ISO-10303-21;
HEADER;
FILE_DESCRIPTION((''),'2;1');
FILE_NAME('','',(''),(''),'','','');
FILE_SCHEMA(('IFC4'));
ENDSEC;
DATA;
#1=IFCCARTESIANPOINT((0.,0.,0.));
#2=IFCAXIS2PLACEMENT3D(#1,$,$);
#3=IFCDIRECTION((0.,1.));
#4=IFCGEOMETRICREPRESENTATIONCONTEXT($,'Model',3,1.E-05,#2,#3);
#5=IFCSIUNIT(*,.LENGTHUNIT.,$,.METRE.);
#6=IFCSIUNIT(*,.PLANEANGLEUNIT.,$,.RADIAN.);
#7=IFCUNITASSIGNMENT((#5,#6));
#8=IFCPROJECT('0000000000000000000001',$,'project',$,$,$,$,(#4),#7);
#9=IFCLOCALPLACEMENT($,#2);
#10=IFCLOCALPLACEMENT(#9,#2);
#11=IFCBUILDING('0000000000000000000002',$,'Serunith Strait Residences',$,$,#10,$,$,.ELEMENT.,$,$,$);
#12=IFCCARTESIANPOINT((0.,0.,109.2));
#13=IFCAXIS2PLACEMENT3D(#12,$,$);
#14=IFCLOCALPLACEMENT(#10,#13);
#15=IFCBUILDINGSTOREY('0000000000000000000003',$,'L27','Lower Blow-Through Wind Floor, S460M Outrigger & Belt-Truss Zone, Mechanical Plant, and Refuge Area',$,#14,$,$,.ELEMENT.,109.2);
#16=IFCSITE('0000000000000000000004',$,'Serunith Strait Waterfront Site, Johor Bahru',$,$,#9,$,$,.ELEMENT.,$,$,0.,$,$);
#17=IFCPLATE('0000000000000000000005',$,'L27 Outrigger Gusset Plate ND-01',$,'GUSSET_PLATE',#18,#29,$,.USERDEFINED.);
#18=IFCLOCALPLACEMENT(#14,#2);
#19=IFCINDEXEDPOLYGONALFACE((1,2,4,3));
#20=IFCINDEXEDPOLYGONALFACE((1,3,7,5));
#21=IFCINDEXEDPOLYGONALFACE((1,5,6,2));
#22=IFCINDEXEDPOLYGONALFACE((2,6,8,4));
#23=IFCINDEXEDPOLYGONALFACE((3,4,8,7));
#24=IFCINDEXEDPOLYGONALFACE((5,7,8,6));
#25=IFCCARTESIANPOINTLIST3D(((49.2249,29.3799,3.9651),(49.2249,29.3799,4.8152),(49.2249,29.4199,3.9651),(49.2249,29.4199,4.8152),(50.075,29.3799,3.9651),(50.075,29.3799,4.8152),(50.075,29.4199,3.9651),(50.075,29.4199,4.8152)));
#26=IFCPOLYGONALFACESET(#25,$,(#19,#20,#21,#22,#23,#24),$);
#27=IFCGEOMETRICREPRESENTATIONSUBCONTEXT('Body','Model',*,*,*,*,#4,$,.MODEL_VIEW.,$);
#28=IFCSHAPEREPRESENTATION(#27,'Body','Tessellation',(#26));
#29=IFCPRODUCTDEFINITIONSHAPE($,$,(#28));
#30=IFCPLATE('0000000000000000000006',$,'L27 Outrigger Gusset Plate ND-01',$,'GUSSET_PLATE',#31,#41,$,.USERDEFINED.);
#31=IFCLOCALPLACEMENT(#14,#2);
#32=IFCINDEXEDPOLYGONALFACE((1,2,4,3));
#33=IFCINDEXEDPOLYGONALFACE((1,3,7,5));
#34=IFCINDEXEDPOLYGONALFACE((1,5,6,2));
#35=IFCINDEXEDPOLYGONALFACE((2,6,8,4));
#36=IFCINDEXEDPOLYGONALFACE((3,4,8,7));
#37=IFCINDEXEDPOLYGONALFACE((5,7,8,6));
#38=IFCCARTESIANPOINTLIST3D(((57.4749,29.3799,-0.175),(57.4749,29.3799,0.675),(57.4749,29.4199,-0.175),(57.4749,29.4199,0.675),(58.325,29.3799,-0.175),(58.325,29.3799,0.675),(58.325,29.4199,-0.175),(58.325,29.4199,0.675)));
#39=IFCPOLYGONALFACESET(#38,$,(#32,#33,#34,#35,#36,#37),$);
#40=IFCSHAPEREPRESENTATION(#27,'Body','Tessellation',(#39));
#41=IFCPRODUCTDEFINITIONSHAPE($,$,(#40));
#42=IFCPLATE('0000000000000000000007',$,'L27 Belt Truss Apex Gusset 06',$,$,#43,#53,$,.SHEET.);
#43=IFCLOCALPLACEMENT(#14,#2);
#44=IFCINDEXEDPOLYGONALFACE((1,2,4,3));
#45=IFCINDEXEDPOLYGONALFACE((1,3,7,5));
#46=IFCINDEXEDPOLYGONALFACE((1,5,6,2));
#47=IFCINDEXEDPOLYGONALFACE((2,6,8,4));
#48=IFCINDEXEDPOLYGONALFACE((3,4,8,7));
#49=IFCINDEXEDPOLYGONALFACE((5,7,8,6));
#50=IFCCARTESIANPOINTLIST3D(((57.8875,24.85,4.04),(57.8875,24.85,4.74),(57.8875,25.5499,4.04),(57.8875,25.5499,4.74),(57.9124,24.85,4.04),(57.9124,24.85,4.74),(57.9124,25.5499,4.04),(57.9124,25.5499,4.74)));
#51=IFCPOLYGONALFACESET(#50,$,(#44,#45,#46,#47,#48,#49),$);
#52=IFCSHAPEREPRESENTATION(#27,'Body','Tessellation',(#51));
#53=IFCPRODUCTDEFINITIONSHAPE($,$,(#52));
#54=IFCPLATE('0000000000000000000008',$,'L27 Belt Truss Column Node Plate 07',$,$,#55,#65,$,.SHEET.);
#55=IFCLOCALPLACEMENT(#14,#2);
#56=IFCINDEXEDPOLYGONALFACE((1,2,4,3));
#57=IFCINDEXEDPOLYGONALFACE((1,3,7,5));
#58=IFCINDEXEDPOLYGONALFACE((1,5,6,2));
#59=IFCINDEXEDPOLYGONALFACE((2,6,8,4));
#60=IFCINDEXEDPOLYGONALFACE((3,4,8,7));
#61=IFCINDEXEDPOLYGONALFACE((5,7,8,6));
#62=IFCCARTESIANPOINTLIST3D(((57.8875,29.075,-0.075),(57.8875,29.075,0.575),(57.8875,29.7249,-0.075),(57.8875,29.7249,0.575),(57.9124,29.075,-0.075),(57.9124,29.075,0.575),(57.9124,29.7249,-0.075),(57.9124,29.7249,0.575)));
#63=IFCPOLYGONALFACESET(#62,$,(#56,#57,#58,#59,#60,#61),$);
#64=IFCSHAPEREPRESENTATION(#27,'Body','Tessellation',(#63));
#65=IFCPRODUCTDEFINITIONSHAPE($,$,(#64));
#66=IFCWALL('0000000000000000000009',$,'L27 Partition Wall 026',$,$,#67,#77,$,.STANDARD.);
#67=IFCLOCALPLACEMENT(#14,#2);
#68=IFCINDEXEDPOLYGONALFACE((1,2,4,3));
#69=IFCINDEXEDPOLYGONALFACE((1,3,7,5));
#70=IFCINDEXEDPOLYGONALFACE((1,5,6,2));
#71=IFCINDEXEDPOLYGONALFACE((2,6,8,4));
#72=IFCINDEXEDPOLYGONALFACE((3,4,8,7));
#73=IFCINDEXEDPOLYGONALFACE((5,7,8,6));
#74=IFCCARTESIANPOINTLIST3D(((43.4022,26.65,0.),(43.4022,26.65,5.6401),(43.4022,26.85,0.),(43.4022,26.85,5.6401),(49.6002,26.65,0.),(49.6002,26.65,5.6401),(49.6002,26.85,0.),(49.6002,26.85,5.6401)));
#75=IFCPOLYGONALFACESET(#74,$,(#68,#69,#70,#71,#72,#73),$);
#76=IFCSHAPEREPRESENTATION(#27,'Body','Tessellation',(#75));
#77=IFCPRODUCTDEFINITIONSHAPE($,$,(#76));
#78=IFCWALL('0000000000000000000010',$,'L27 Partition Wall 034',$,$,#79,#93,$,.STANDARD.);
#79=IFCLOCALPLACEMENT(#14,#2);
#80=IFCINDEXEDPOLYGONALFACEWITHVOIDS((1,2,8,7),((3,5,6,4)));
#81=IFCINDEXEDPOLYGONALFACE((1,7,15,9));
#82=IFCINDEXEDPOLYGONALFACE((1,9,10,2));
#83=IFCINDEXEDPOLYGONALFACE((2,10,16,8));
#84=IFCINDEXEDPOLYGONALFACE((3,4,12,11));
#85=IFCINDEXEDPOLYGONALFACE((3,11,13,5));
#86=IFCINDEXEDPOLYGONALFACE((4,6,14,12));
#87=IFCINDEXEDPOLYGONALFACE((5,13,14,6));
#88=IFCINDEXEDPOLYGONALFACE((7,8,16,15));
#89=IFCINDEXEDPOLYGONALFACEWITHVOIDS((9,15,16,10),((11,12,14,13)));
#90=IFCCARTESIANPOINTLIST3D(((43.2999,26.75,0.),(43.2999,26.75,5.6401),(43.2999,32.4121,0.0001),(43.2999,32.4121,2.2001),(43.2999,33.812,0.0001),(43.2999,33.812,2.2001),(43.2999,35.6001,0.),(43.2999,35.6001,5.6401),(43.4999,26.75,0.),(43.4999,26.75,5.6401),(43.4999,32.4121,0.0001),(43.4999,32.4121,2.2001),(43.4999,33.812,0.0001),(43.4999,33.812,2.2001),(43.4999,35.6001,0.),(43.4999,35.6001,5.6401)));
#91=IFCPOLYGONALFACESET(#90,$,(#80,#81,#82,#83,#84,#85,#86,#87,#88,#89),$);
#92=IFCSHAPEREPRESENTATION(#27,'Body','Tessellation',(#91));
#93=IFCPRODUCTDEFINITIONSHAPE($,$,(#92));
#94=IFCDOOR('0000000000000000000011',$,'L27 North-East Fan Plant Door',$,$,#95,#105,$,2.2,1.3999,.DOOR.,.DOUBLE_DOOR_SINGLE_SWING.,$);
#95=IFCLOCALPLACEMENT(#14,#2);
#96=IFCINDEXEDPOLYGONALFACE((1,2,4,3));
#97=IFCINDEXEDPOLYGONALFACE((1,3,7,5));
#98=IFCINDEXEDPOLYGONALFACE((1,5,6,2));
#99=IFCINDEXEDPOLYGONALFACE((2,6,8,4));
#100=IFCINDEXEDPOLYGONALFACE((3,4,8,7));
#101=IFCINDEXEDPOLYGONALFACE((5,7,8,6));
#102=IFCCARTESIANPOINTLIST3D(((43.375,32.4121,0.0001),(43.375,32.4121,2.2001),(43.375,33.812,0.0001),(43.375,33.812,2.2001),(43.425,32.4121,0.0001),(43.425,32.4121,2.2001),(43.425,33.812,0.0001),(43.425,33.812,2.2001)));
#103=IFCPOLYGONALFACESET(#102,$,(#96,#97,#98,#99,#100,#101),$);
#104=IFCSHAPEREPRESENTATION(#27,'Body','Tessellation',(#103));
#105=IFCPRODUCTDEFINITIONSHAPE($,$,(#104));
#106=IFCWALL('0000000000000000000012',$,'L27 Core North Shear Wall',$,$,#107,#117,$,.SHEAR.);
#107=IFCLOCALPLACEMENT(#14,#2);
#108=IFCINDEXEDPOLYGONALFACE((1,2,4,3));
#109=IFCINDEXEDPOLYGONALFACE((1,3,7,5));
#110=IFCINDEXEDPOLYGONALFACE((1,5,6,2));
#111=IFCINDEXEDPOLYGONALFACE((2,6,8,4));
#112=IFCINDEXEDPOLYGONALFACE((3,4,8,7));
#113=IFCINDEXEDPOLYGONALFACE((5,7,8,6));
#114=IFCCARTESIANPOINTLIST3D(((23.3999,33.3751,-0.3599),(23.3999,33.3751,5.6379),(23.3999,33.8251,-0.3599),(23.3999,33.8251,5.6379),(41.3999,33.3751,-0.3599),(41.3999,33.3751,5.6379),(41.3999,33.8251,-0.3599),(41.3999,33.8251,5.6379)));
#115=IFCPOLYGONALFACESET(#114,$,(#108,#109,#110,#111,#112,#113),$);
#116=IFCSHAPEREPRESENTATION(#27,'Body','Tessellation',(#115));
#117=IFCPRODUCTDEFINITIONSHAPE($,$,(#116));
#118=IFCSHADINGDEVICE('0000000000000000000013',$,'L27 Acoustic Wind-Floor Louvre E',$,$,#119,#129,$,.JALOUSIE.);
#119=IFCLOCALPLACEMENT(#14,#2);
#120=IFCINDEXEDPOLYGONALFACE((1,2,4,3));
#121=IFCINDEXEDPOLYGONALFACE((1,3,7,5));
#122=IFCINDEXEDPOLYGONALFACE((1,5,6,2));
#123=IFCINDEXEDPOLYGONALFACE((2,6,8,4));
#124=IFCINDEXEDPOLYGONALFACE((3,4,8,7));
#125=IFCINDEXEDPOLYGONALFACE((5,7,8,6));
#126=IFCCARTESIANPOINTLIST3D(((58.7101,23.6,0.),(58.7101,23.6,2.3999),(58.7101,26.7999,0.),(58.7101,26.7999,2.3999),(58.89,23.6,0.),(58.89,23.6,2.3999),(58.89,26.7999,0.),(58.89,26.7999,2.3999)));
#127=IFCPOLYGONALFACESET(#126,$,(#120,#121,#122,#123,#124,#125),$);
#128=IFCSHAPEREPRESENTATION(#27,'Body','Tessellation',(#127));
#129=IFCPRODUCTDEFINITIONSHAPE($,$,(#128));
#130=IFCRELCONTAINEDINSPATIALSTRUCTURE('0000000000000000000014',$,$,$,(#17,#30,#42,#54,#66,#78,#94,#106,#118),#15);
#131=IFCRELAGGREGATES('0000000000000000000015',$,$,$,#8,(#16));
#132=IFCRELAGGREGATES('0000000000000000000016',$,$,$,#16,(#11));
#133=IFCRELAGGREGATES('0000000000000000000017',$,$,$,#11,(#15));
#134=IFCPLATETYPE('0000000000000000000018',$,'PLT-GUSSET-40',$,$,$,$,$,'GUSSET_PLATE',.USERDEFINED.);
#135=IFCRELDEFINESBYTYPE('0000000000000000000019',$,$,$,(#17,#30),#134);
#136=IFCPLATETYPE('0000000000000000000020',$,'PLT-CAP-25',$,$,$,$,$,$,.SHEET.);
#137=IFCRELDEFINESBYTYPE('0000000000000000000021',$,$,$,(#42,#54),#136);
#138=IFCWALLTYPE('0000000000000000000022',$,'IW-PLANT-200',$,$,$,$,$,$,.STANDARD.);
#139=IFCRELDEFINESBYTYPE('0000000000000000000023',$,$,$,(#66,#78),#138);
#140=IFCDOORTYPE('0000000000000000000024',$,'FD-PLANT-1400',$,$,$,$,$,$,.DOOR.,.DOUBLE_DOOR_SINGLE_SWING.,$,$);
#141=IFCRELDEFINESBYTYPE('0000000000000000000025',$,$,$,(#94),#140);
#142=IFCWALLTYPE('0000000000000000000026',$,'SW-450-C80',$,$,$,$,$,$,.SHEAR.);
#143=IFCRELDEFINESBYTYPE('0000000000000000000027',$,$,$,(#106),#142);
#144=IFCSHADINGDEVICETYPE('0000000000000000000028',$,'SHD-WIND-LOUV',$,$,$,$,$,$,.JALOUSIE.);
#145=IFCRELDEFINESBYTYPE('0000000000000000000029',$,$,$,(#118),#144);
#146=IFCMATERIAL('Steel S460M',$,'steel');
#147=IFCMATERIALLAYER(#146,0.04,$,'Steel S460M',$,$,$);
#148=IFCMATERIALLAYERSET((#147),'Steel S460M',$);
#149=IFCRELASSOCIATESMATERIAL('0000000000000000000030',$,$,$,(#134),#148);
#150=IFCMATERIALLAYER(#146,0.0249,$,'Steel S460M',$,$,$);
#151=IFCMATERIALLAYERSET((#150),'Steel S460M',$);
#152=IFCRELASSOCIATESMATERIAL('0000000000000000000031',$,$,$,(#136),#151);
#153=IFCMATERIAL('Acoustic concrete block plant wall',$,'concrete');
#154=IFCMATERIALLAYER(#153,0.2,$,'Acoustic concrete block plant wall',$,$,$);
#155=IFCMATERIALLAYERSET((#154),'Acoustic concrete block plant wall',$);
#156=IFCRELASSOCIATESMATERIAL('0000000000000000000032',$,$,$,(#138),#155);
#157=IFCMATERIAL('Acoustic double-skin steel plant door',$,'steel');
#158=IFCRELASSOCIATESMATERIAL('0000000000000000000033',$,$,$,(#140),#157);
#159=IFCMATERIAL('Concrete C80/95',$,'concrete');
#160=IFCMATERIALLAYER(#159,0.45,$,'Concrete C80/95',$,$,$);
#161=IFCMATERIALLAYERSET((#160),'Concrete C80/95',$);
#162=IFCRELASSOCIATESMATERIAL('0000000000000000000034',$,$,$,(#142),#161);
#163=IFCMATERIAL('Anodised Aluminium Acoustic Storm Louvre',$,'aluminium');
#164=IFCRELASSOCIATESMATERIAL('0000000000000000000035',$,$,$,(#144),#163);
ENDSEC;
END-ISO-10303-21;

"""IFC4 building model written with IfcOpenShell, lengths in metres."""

from ifc_helpers import new_model, si_unit, direction, frame, frame_2d, origin, origin_2d, place, context, subcontext, project, spatial, rectangle, extrude, source, transform, mapped, material, layer, layer_set, type_object, element, fill, save


model = new_model("IFC4")

# Units and contexts
model_context = context("Model", 3, precision=1e-05, world=origin(), true_north=direction((0.0, 1.0)))
body_context = subcontext(model_context, "Body", "Model", "MODEL_VIEW")
ifc_project = project(units=[si_unit("LENGTHUNIT", "METRE"), si_unit("PLANEANGLEUNIT", "RADIAN")], contexts=[model_context])

# Site, building, storey
site_placement = place(None, origin())
site = spatial("IfcSite", under=ifc_project, at=site_placement, Name="Serunith Strait Waterfront Site, Johor Bahru", CompositionType="ELEMENT", RefElevation=0.0)
building_placement = place(site_placement, origin())
building = spatial("IfcBuilding", under=site, at=building_placement, Name="Serunith Strait Residences", CompositionType="ELEMENT")
storey_placement = place(building_placement, frame((0.0, 0.0, 109.2)))
storey = spatial("IfcBuildingStorey", under=building, at=storey_placement, Name="L27", Description="Lower Blow-Through Wind Floor, S460M Outrigger & Belt-Truss Zone, Mechanical Plant, and Refuge Area", CompositionType="ELEMENT", Elevation=109.2)

# Shared definitions
ifc_material_1 = material(Name="Steel S460M", Category="steel")

# Plates
ifc_layer_1 = layer(ifc_material_1, 0.04, Name="Steel S460M")
ifc_layer_set_1 = layer_set([ifc_layer_1], Name="Steel S460M")
plate_type_1 = type_object("IfcPlateType", Name="PLT-GUSSET-40", ElementType="GUSSET_PLATE", PredefinedType="USERDEFINED", material=ifc_layer_set_1)
shared_shape_1 = source(origin(), body_context, "Body", "SweptSolid", [
    extrude(rectangle(XDim=0.8501, YDim=0.04, at=origin_2d()), origin(), (0.0, 0.0, 1.0), 0.8501),
])
for number, where, z_axis, x_axis, name in (
    (1, (49.6499, 29.3999, 3.9651), (0.0, 0.0, 1.0), (1.0, 0.0, 0.0), "L27 Outrigger Gusset Plate ND-01"),
    (2, (57.8999, 29.3999, -0.175), (0.0, 0.0, 1.0), (1.0, 0.0, 0.0), "L27 Outrigger Gusset Plate ND-01"),
):
    element("IfcPlate", number, at=place(storey_placement, frame(where, z_axis=z_axis, x_axis=x_axis)), inside=storey, type_object=plate_type_1, Name=name, ObjectType="GUSSET_PLATE", PredefinedType="USERDEFINED", context=body_context, shape_type="MappedRepresentation", body=[
        mapped(shared_shape_1, transform((0.0, 0.0, 0.0), scale=1.0)),
    ])
ifc_layer_2 = layer(ifc_material_1, 0.0249, Name="Steel S460M")
ifc_layer_set_2 = layer_set([ifc_layer_2], Name="Steel S460M")
plate_type_2 = type_object("IfcPlateType", Name="PLT-CAP-25", PredefinedType="SHEET", material=ifc_layer_set_2)
shared_shape_2 = source(origin(), body_context, "Body", "SweptSolid", [
    extrude(rectangle(XDim=0.7, YDim=0.0249, at=origin_2d()), origin(), (0.0, 0.0, 1.0), 0.7),
])
plate_1_placement = place(storey_placement, frame((57.8999, 25.2, 4.04), z_axis=(0.0, 0.0, 1.0), x_axis=(0.0, 1.0, 0.0)))
element("IfcPlate", 3, at=plate_1_placement, inside=storey, type_object=plate_type_2, Name="L27 Belt Truss Apex Gusset 06", PredefinedType="SHEET", context=body_context, shape_type="MappedRepresentation", body=[
    mapped(shared_shape_2, transform((0.0, 0.0, 0.0), scale=1.0)),
])
shared_shape_3 = source(origin(), body_context, "Body", "SweptSolid", [
    extrude(rectangle(XDim=0.6499, YDim=0.0249, at=origin_2d()), origin(), (0.0, 0.0, 1.0), 0.6499),
])
plate_2_placement = place(storey_placement, frame((57.8999, 29.3999, -0.075), z_axis=(0.0, 0.0, 1.0), x_axis=(0.0, 1.0, 0.0)))
element("IfcPlate", 4, at=plate_2_placement, inside=storey, type_object=plate_type_2, Name="L27 Belt Truss Column Node Plate 07", PredefinedType="SHEET", context=body_context, shape_type="MappedRepresentation", body=[
    mapped(shared_shape_3, transform((0.0, 0.0, 0.0), scale=1.0)),
])

# Wall
ifc_material_2 = material(Name="Acoustic concrete block plant wall", Category="concrete")
ifc_layer_3 = layer(ifc_material_2, 0.2, Name="Acoustic concrete block plant wall")
ifc_layer_set_3 = layer_set([ifc_layer_3], Name="Acoustic concrete block plant wall")
wall_type_1 = type_object("IfcWallType", Name="IW-PLANT-200", PredefinedType="STANDARD", material=ifc_layer_set_3)
wall_1_placement = place(storey_placement, frame((43.4021, 26.75, 0.0), z_axis=(0.0, 0.0, 1.0), x_axis=(1.0, 0.0, 0.0)))
element("IfcWall", 5, at=wall_1_placement, inside=storey, type_object=wall_type_1, Name="L27 Partition Wall 026", PredefinedType="STANDARD", context=body_context, shape_type="SweptSolid", body=[
    extrude(rectangle(XDim=6.198, YDim=0.2, at=frame_2d((3.0991, 0.0))), origin(), (0.0, 0.0, 1.0), 5.6401),
])

# Wall, opening, door
wall_2_placement = place(storey_placement, frame((43.3999, 26.75, 0.0), z_axis=(0.0, 0.0, 1.0), x_axis=(0.0, 1.0, 0.0)))
wall_2 = element("IfcWall", 6, at=wall_2_placement, inside=storey, type_object=wall_type_1, Name="L27 Partition Wall 034", PredefinedType="STANDARD", context=body_context, shape_type="SweptSolid", body=[
    extrude(rectangle(XDim=8.8501, YDim=0.2, at=frame_2d((4.425, 0.0))), origin(), (0.0, 0.0, 1.0), 5.6401),
])
opening_placement = place(wall_2_placement, frame((5.6621, 0.0, 0.0)))
opening = element("IfcOpeningElement", 7, at=opening_placement, cuts=wall_2, PredefinedType="OPENING", context=body_context, shape_type="SweptSolid", body=[
    extrude(rectangle(XDim=1.3999, YDim=2.2, at=frame_2d((0.7, 1.1001))), frame((0.0, 0.1099, 0.0), z_axis=(0.0, -1.0, 0.0), x_axis=(1.0, 0.0, 0.0)), (0.0, 0.0, 1.0), 0.22),
])
ifc_material_3 = material(Name="Acoustic double-skin steel plant door", Category="steel")
door_type = type_object("IfcDoorType", Name="FD-PLANT-1400", OperationType="DOUBLE_DOOR_SINGLE_SWING", PredefinedType="DOOR", material=ifc_material_3)
shared_shape_4 = source(origin(), body_context, "Body", "SweptSolid", [
    extrude(rectangle(XDim=1.3999, YDim=2.2, at=frame_2d((0.7, 1.1001))), frame((0.0, 0.0249, 0.0), z_axis=(0.0, -1.0, 0.0), x_axis=(1.0, 0.0, 0.0)), (0.0, 0.0, 1.0), 0.05),
])
door_placement = place(opening_placement, origin())
door = element("IfcDoor", 8, at=door_placement, inside=storey, type_object=door_type, Name="L27 North-East Fan Plant Door", OperationType="DOUBLE_DOOR_SINGLE_SWING", OverallHeight=2.2, OverallWidth=1.3999, PredefinedType="DOOR", context=body_context, shape_type="MappedRepresentation", body=[
    mapped(shared_shape_4, transform((0.0, 0.0, 0.0), scale=1.0)),
])
fill(opening, door)

# Wall
ifc_material_4 = material(Name="Concrete C80/95", Category="concrete")
ifc_layer_4 = layer(ifc_material_4, 0.45, Name="Concrete C80/95")
ifc_layer_set_4 = layer_set([ifc_layer_4], Name="Concrete C80/95")
wall_type_2 = type_object("IfcWallType", Name="SW-450-C80", PredefinedType="SHEAR", material=ifc_layer_set_4)
wall_3_placement = place(storey_placement, frame((41.3999, 33.6001, -0.3599), z_axis=(0.0, 0.0, 1.0), x_axis=(-1.0, 0.0, 0.0)))
element("IfcWall", 9, at=wall_3_placement, inside=storey, type_object=wall_type_2, Name="L27 Core North Shear Wall", PredefinedType="SHEAR", context=body_context, shape_type="SweptSolid", body=[
    extrude(rectangle(XDim=18.0, YDim=0.45, at=frame_2d((9.0, 0.0))), origin(), (0.0, 0.0, 1.0), 5.9978),
])

# Shading device
ifc_material_5 = material(Name="Anodised Aluminium Acoustic Storm Louvre", Category="aluminium")
shading_device_type = type_object("IfcShadingDeviceType", Name="SHD-WIND-LOUV", PredefinedType="JALOUSIE", material=ifc_material_5)
shared_shape_5 = source(origin(), body_context, "Body", "SweptSolid", [
    extrude(rectangle(XDim=3.2, YDim=0.1799, at=origin_2d()), origin(), (0.0, 0.0, 1.0), 2.3999),
])
shading_device_placement = place(storey_placement, frame((58.8, 25.2, 0.0), z_axis=(0.0, 0.0, 1.0), x_axis=(0.0, 1.0, 0.0)))
element("IfcShadingDevice", 10, at=shading_device_placement, inside=storey, type_object=shading_device_type, Name="L27 Acoustic Wind-Floor Louvre E", PredefinedType="JALOUSIE", context=body_context, shape_type="MappedRepresentation", body=[
    mapped(shared_shape_5, transform((0.0, 0.0, 0.0), scale=1.0)),
])

save(model, "model.ifc")
